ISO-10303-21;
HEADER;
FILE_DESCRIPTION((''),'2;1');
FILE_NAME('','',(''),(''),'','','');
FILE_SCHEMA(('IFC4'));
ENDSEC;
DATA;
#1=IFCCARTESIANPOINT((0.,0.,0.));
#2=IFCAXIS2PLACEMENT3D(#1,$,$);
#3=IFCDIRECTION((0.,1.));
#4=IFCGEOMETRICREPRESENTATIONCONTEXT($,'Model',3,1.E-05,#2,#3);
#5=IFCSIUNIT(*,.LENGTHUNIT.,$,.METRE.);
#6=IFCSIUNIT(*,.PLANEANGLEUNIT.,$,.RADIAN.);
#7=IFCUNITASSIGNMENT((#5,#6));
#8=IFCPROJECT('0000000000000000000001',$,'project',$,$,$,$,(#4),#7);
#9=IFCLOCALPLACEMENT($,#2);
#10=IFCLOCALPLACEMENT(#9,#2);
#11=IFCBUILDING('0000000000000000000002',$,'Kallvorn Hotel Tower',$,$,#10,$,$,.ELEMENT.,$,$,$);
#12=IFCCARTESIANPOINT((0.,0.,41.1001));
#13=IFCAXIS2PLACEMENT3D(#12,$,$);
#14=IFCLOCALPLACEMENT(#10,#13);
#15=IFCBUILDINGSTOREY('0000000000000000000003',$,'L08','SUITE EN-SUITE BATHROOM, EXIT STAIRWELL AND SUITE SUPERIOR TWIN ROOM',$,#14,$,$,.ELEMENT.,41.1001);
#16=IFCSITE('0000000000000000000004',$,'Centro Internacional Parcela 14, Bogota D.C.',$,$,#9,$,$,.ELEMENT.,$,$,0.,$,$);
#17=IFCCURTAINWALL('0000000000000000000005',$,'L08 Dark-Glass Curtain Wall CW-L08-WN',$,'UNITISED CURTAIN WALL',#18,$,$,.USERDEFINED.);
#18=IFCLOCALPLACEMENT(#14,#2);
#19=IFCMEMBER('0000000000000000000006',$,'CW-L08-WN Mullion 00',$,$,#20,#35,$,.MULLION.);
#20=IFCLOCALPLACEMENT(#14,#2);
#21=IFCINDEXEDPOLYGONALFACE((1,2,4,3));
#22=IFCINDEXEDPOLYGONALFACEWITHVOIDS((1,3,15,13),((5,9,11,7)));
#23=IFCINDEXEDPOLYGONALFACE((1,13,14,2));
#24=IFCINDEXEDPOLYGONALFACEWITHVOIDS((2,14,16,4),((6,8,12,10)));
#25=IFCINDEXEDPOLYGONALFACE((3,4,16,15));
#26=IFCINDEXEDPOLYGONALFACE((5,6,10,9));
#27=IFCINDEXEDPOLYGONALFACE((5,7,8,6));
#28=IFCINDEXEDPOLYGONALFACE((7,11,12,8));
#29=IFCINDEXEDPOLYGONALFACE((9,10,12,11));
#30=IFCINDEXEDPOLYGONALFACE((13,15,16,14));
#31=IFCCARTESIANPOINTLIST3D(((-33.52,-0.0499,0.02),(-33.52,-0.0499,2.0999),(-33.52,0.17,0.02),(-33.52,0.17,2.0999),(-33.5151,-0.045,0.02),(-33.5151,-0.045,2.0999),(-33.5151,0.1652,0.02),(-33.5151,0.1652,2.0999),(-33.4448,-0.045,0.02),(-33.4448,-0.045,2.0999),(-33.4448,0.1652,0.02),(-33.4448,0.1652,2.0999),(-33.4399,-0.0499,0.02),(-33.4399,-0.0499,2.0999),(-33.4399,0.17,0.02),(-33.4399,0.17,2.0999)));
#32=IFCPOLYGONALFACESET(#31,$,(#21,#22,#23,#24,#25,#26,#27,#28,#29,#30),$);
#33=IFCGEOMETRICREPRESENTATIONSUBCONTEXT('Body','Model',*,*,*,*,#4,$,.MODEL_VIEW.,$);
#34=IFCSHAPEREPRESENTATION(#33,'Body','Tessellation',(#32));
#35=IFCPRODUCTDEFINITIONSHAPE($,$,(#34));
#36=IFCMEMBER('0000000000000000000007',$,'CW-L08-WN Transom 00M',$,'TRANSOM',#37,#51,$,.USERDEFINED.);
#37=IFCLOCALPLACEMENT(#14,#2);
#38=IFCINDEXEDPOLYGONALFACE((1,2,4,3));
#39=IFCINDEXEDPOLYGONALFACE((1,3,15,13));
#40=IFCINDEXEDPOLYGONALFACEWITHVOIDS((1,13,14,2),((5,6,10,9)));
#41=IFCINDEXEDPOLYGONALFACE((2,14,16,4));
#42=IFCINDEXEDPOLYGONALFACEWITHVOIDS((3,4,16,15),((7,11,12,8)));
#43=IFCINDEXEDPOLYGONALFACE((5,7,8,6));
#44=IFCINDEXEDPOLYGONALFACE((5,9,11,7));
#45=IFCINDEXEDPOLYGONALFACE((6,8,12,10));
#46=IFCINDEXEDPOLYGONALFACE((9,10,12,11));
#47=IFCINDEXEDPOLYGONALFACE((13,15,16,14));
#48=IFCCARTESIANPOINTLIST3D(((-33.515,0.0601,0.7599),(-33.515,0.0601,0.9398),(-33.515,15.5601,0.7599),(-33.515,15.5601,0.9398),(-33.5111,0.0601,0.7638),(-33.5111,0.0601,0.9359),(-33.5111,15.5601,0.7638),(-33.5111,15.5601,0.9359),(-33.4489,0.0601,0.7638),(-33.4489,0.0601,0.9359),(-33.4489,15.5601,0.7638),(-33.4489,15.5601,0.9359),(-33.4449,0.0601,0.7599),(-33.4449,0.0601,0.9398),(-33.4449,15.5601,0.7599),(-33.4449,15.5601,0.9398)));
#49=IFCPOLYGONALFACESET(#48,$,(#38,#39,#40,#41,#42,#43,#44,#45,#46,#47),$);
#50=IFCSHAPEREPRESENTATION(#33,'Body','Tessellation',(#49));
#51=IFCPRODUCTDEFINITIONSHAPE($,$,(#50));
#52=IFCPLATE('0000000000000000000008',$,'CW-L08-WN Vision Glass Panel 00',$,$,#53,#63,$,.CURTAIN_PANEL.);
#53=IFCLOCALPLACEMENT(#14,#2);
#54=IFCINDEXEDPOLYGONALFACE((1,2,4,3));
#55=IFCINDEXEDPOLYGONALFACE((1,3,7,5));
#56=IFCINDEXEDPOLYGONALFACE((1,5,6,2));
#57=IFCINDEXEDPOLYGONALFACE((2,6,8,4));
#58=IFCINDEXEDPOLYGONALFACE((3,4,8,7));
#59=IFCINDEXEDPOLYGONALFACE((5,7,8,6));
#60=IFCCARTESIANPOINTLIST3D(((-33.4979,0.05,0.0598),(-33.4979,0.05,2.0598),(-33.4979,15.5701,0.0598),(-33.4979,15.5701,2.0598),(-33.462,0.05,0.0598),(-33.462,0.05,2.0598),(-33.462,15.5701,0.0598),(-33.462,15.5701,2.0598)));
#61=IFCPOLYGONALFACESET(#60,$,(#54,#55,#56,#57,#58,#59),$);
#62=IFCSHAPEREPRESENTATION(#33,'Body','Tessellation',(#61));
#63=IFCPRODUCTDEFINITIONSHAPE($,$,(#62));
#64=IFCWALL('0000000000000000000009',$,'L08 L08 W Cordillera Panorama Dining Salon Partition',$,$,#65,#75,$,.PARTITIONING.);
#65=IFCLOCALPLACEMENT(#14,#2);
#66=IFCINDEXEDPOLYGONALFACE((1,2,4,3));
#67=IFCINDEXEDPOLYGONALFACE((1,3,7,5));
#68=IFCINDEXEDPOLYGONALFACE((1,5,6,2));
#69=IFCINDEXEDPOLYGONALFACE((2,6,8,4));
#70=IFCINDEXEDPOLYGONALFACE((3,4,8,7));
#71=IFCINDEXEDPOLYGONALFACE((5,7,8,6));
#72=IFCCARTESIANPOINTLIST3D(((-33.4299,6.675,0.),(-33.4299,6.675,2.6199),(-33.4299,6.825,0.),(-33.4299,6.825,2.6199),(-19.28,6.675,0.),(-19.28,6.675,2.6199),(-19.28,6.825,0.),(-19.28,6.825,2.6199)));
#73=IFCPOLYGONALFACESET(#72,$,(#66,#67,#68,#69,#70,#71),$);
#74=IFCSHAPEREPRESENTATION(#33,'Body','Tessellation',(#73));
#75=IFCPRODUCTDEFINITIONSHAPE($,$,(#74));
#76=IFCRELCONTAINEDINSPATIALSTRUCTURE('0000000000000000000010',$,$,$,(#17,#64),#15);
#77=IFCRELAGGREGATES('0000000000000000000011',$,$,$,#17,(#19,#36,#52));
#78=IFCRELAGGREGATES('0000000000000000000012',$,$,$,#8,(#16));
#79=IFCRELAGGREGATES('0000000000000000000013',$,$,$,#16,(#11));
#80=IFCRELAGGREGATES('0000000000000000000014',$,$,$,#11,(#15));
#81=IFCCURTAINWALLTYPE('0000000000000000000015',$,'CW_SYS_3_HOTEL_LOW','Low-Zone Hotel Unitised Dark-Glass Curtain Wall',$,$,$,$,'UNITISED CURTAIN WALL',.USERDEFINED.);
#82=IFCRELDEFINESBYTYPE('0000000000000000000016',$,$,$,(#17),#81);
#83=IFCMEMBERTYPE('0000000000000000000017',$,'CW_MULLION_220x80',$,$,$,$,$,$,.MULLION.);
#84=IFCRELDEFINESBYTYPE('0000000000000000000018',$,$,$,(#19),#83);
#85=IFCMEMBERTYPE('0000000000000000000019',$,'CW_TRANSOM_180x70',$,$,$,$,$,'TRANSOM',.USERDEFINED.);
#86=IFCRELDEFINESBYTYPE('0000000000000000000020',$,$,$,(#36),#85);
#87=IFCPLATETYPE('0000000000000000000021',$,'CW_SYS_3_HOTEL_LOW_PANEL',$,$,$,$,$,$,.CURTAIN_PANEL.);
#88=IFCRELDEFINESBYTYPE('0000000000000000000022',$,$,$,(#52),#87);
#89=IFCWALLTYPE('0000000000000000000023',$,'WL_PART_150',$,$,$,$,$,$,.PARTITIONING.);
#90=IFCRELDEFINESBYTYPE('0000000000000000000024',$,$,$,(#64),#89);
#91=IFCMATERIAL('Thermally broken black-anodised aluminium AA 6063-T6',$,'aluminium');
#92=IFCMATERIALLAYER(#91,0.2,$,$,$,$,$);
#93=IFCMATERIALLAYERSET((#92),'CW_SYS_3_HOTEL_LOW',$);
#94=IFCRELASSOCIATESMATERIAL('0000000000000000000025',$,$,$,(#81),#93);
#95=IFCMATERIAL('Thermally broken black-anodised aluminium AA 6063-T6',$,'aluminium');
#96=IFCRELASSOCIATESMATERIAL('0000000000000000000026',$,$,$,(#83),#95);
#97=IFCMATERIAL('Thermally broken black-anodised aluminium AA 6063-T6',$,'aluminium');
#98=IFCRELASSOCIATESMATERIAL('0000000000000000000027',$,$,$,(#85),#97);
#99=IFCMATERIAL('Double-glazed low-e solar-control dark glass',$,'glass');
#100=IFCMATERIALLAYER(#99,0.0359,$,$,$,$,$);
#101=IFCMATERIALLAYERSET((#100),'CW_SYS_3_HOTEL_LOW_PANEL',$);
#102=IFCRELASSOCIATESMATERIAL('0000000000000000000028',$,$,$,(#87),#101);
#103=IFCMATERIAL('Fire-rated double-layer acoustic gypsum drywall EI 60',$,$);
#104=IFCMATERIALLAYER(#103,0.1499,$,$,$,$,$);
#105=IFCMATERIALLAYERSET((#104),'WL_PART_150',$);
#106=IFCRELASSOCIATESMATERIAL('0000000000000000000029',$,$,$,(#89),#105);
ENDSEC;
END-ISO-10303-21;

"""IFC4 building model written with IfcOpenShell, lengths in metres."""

from ifc_helpers import new_model, si_unit, direction, frame, frame_2d, origin, origin_2d, place, context, subcontext, project, spatial, rectangle, hollow_rectangle, extrude, material, layer, layer_set, material_profile, profile_set, type_object, element, aggregate, save


model = new_model("IFC4")

# Units and contexts
model_context = context("Model", 3, precision=1e-05, world=origin(), true_north=direction((0.0, 1.0)))
body_context = subcontext(model_context, "Body", "Model", "MODEL_VIEW")
ifc_project = project(units=[si_unit("LENGTHUNIT", "METRE"), si_unit("PLANEANGLEUNIT", "RADIAN")], contexts=[model_context])

# Site, building, storey
site_placement = place(None, origin())
site = spatial("IfcSite", under=ifc_project, at=site_placement, Name="Centro Internacional Parcela 14, Bogota D.C.", CompositionType="ELEMENT", RefElevation=0.0)
building_placement = place(site_placement, origin())
building = spatial("IfcBuilding", under=site, at=building_placement, Name="Kallvorn Hotel Tower", CompositionType="ELEMENT")
storey_placement = place(building_placement, frame((0.0, 0.0, 41.1001)))
storey = spatial("IfcBuildingStorey", under=building, at=storey_placement, Name="L08", Description="SUITE EN-SUITE BATHROOM, EXIT STAIRWELL AND SUITE SUPERIOR TWIN ROOM", CompositionType="ELEMENT", Elevation=41.1001)

# Curtain wall, members, plate
ifc_material_1 = material(Name="Thermally broken black-anodised aluminium AA 6063-T6", Category="aluminium")
ifc_layer_1 = layer(ifc_material_1, 0.2)
ifc_layer_set_1 = layer_set([ifc_layer_1], Name="CW_SYS_3_HOTEL_LOW")
curtain_wall_type = type_object("IfcCurtainWallType", Name="CW_SYS_3_HOTEL_LOW", Description="Low-Zone Hotel Unitised Dark-Glass Curtain Wall", ElementType="UNITISED CURTAIN WALL", PredefinedType="USERDEFINED", material=ifc_layer_set_1)
curtain_wall_placement = place(storey_placement, origin())
curtain_wall = element("IfcCurtainWall", 1, at=curtain_wall_placement, inside=storey, type_object=curtain_wall_type, Name="L08 Dark-Glass Curtain Wall CW-L08-WN", ObjectType="UNITISED CURTAIN WALL", PredefinedType="USERDEFINED")
ifc_material_2 = material(Name="Thermally broken black-anodised aluminium AA 6063-T6", Category="aluminium")
ifc_material_profile_1 = material_profile(ifc_material_2, hollow_rectangle(XDim=0.0801, YDim=0.22, WallThickness=0.0049, at=origin_2d()), Name="MUL 220x80")
ifc_profile_set_1 = profile_set([ifc_material_profile_1], Name="Thermally broken black-anodised aluminium AA 6063-T6")
member_type_1 = type_object("IfcMemberType", Name="CW_MULLION_220x80", PredefinedType="MULLION", material=ifc_profile_set_1)
member_1_placement = place(storey_placement, frame((-33.48, 0.0601, 0.02), z_axis=(0.0, 0.0, 1.0), x_axis=(1.0, 0.0, 0.0)))
member_1 = element("IfcMember", 2, at=member_1_placement, type_object=member_type_1, Name="CW-L08-WN Mullion 00", PredefinedType="MULLION", context=body_context, shape_type="SweptSolid", body=[
    extrude(hollow_rectangle(XDim=0.0801, YDim=0.22, WallThickness=0.0049, at=origin_2d()), origin(), (0.0, 0.0, 1.0), 2.0798),
])
ifc_material_3 = material(Name="Thermally broken black-anodised aluminium AA 6063-T6", Category="aluminium")
ifc_material_profile_2 = material_profile(ifc_material_3, hollow_rectangle(XDim=0.0701, YDim=0.1799, WallThickness=0.0039, at=origin_2d()), Name="TRN 180x70")
ifc_profile_set_2 = profile_set([ifc_material_profile_2], Name="Thermally broken black-anodised aluminium AA 6063-T6")
member_type_2 = type_object("IfcMemberType", Name="CW_TRANSOM_180x70", ElementType="TRANSOM", PredefinedType="USERDEFINED", material=ifc_profile_set_2)
member_2_placement = place(storey_placement, frame((-33.48, 0.0601, 0.8499), z_axis=(0.0, 1.0, 0.0), x_axis=(-1.0, 0.0, 0.0)))
member_2 = element("IfcMember", 3, at=member_2_placement, type_object=member_type_2, Name="CW-L08-WN Transom 00M", ObjectType="TRANSOM", PredefinedType="USERDEFINED", context=body_context, shape_type="SweptSolid", body=[
    extrude(hollow_rectangle(XDim=0.0701, YDim=0.1799, WallThickness=0.0039, at=origin_2d()), origin(), (0.0, 0.0, 1.0), 15.5),
])
ifc_material_4 = material(Name="Double-glazed low-e solar-control dark glass", Category="glass")
ifc_layer_2 = layer(ifc_material_4, 0.0359)
ifc_layer_set_2 = layer_set([ifc_layer_2], Name="CW_SYS_3_HOTEL_LOW_PANEL")
plate_type = type_object("IfcPlateType", Name="CW_SYS_3_HOTEL_LOW_PANEL", PredefinedType="CURTAIN_PANEL", material=ifc_layer_set_2)
plate_placement = place(storey_placement, frame((-33.48, 7.8101, 0.0598), z_axis=(0.0, 0.0, 1.0), x_axis=(0.0, 1.0, 0.0)))
plate = element("IfcPlate", 4, at=plate_placement, type_object=plate_type, Name="CW-L08-WN Vision Glass Panel 00", PredefinedType="CURTAIN_PANEL", context=body_context, shape_type="SweptSolid", body=[
    extrude(rectangle(XDim=15.52, YDim=0.0359, at=origin_2d()), origin(), (0.0, 0.0, 1.0), 2.0),
])
aggregate(curtain_wall, [member_1, member_2, plate])

# Wall
ifc_material_5 = material(Name="Fire-rated double-layer acoustic gypsum drywall EI 60")
ifc_layer_3 = layer(ifc_material_5, 0.1499)
ifc_layer_set_3 = layer_set([ifc_layer_3], Name="WL_PART_150")
wall_type_1 = type_object("IfcWallType", Name="WL_PART_150", PredefinedType="PARTITIONING", material=ifc_layer_set_3)
wall_1_placement = place(storey_placement, frame((-33.4299, 6.75, 0.0), z_axis=(0.0, 0.0, 1.0), x_axis=(1.0, 0.0, 0.0)))
element("IfcWall", 5, at=wall_1_placement, inside=storey, type_object=wall_type_1, Name="L08 L08 W Cordillera Panorama Dining Salon Partition", PredefinedType="PARTITIONING", context=body_context, shape_type="SweptSolid", body=[
    extrude(rectangle(XDim=14.1499, YDim=0.1499, at=frame_2d((7.075, 0.0))), origin(), (0.0, 0.0, 1.0), 2.6199),
])

save(model, "model.ifc")
